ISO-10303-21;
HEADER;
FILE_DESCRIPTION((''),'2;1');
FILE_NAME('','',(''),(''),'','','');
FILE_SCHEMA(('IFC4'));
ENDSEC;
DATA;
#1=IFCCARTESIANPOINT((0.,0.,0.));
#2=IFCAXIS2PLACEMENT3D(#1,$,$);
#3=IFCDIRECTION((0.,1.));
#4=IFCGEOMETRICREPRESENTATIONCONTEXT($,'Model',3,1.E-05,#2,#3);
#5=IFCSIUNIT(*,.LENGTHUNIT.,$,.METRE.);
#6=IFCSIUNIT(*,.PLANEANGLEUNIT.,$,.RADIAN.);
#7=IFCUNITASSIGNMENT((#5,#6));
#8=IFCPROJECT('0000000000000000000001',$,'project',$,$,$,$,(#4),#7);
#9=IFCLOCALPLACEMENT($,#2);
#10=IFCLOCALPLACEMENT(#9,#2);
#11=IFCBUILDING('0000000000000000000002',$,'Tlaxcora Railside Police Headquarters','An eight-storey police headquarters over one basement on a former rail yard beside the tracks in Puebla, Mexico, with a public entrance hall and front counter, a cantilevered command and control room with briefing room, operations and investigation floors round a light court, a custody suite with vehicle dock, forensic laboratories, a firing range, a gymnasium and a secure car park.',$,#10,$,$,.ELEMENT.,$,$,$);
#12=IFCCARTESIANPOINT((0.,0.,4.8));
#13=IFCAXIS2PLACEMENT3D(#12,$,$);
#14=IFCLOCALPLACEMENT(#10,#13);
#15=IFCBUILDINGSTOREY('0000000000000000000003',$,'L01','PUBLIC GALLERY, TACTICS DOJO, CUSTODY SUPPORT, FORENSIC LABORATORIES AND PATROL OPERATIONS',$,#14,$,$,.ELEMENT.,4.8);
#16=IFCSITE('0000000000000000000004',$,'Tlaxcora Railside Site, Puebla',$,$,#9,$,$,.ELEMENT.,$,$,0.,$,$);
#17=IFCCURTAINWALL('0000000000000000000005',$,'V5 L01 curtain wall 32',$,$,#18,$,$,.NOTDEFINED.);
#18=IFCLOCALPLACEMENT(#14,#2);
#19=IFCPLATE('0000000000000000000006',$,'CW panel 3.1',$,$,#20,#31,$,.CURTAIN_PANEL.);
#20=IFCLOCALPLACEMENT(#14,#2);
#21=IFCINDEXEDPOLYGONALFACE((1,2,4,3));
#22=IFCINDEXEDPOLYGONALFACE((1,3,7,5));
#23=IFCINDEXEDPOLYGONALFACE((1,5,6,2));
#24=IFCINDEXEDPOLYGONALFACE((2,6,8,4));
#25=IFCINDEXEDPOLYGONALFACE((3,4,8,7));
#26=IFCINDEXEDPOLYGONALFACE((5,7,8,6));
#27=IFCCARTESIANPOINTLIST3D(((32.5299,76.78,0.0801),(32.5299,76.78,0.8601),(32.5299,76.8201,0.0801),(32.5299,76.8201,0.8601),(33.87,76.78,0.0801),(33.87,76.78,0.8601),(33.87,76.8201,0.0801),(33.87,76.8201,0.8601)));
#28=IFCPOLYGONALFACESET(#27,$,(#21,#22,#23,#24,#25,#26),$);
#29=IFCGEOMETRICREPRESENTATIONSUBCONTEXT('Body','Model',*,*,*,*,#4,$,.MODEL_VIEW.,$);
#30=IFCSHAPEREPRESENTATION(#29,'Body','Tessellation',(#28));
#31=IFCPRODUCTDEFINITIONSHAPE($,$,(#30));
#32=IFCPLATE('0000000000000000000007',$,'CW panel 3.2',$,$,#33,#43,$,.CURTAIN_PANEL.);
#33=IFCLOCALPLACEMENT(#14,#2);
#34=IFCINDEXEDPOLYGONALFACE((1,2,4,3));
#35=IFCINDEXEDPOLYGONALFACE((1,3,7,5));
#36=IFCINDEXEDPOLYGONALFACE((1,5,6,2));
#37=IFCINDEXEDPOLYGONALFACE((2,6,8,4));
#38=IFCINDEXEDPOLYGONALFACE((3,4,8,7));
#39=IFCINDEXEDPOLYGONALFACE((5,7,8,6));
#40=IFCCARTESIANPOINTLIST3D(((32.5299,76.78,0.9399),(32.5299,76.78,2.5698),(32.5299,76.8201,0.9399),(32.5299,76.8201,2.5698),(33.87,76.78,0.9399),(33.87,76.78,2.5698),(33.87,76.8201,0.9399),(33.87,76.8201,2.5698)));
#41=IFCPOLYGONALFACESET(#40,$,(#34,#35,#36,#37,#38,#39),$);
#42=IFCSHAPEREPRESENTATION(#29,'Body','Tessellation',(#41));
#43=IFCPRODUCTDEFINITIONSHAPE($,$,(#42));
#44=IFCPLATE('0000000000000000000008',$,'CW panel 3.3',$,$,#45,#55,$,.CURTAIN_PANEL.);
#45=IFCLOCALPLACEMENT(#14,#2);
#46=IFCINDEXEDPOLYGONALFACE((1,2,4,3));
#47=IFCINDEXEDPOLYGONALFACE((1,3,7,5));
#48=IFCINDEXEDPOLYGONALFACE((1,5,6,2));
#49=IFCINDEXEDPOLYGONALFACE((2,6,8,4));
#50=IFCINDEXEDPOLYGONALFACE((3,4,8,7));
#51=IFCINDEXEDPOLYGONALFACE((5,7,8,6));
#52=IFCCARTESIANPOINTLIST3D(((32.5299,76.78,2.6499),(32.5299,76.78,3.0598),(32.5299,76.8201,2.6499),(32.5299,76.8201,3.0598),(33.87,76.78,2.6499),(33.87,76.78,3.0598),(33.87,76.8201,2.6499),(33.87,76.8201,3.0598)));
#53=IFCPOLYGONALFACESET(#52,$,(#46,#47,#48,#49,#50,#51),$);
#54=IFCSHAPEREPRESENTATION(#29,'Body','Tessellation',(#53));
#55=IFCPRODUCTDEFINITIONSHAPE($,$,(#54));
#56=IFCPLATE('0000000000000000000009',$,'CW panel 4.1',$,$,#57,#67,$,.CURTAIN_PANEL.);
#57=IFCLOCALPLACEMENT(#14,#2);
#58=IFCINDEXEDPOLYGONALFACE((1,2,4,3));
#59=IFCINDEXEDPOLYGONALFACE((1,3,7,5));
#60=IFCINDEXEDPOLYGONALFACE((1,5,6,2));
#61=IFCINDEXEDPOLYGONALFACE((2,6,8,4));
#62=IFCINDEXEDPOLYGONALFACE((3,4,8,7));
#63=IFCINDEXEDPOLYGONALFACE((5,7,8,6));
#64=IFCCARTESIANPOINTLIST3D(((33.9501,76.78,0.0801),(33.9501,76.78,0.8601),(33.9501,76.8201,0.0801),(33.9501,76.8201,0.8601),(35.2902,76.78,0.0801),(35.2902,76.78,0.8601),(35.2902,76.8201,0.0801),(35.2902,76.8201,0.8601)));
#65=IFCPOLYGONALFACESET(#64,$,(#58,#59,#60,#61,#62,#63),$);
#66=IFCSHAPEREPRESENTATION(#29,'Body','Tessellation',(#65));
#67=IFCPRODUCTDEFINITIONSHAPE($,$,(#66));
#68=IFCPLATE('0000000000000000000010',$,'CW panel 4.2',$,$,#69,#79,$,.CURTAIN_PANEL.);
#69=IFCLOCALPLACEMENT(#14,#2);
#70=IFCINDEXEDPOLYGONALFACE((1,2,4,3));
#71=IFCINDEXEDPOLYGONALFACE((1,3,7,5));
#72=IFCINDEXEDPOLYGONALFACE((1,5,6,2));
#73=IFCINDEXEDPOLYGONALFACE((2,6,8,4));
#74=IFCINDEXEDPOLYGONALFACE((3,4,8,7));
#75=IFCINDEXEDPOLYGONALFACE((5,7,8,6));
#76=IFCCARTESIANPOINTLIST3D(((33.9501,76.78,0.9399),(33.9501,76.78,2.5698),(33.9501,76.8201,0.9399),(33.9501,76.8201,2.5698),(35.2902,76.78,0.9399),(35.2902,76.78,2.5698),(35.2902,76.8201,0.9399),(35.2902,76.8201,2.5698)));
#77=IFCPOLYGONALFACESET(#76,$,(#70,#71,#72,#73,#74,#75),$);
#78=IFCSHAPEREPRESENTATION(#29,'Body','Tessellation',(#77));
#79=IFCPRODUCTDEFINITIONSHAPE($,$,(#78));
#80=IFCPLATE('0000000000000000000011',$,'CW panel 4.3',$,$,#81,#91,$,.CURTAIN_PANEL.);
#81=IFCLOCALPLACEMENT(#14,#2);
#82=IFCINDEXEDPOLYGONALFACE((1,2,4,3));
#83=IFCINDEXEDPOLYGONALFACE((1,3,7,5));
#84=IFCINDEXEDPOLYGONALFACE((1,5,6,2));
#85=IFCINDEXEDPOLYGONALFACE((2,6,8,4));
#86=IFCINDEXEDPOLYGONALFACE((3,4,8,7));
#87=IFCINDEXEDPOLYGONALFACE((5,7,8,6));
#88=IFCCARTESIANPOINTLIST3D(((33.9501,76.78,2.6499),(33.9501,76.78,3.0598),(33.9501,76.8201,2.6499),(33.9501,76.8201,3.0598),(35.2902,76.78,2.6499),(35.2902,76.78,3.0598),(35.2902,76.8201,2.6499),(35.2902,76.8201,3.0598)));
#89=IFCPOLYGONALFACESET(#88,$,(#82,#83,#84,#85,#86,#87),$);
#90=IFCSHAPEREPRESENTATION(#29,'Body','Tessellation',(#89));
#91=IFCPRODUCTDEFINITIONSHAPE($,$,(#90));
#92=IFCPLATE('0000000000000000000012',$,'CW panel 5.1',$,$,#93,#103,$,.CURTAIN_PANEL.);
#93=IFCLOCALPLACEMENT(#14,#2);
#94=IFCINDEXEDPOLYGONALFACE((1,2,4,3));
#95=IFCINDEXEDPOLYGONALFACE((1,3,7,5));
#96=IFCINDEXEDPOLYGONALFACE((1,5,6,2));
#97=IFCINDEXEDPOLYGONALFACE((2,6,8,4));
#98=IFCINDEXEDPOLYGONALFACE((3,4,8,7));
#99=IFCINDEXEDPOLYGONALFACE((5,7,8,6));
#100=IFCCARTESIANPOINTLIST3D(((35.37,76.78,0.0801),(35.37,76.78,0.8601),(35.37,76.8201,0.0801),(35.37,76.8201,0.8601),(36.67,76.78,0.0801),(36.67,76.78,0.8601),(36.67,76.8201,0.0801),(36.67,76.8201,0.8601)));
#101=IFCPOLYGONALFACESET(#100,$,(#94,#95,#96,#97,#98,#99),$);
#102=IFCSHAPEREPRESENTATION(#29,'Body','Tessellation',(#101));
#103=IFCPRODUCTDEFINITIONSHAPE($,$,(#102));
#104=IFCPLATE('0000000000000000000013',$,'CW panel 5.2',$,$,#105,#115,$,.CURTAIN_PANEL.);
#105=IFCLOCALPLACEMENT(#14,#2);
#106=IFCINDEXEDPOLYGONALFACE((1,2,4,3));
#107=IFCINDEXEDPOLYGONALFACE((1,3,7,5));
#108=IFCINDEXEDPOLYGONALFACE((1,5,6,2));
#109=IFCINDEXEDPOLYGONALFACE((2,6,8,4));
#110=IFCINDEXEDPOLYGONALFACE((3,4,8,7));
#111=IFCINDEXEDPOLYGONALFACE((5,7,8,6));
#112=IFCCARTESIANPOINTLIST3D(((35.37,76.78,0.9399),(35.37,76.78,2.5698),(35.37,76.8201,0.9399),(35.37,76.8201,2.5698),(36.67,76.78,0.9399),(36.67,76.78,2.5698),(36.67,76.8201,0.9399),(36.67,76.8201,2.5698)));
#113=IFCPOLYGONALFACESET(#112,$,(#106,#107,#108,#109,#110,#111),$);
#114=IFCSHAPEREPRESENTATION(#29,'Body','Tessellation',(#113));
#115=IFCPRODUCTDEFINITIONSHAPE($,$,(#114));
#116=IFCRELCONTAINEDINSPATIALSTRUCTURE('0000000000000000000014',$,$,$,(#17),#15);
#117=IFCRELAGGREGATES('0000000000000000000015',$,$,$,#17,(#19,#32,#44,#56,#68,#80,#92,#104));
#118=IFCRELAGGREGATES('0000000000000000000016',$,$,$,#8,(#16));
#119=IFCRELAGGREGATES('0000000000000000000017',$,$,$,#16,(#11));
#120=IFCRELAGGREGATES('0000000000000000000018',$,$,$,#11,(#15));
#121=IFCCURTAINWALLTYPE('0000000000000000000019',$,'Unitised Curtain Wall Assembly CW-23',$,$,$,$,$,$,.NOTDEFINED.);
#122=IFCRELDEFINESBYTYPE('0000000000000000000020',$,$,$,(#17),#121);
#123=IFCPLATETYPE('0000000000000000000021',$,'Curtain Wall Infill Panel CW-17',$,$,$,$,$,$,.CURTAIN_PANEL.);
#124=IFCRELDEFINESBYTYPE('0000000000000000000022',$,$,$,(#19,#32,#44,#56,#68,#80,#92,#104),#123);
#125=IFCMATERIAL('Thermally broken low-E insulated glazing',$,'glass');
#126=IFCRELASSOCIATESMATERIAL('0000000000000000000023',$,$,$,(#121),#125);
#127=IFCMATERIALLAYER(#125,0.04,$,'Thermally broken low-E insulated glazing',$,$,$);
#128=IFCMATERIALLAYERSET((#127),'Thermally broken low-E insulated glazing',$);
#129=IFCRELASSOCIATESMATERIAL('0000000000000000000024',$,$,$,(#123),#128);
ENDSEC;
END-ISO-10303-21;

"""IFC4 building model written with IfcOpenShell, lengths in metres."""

from ifc_helpers import new_model, si_unit, direction, frame, origin, origin_2d, place, context, subcontext, project, spatial, rectangle, extrude, material, layer, layer_set, type_object, element, aggregate, save


model = new_model("IFC4")

# Units and contexts
model_context = context("Model", 3, precision=1e-05, world=origin(), true_north=direction((0.0, 1.0)))
body_context = subcontext(model_context, "Body", "Model", "MODEL_VIEW")
ifc_project = project(units=[si_unit("LENGTHUNIT", "METRE"), si_unit("PLANEANGLEUNIT", "RADIAN")], contexts=[model_context])

# Site, building, storey
site_placement = place(None, origin())
site = spatial("IfcSite", under=ifc_project, at=site_placement, Name="Tlaxcora Railside Site, Puebla", CompositionType="ELEMENT", RefElevation=0.0)
building_placement = place(site_placement, origin())
building = spatial("IfcBuilding", under=site, at=building_placement, Name="Tlaxcora Railside Police Headquarters", Description="An eight-storey police headquarters over one basement on a former rail yard beside the tracks in Puebla, Mexico, with a public entrance hall and front counter, a cantilevered command and control room with briefing room, operations and investigation floors round a light court, a custody suite with vehicle dock, forensic laboratories, a firing range, a gymnasium and a secure car park.", CompositionType="ELEMENT")
storey_placement = place(building_placement, frame((0.0, 0.0, 4.8)))
storey = spatial("IfcBuildingStorey", under=building, at=storey_placement, Name="L01", Description="PUBLIC GALLERY, TACTICS DOJO, CUSTODY SUPPORT, FORENSIC LABORATORIES AND PATROL OPERATIONS", CompositionType="ELEMENT", Elevation=4.8)

# Curtain wall, plates
ifc_material_1 = material(Name="Thermally broken low-E insulated glazing", Category="glass")
curtain_wall_type = type_object("IfcCurtainWallType", Name="Unitised Curtain Wall Assembly CW-23", PredefinedType="NOTDEFINED", material=ifc_material_1)
curtain_wall_placement = place(storey_placement, origin())
curtain_wall = element("IfcCurtainWall", 1, at=curtain_wall_placement, inside=storey, type_object=curtain_wall_type, Name="V5 L01 curtain wall 32", PredefinedType="NOTDEFINED")
ifc_layer = layer(ifc_material_1, 0.04, Name="Thermally broken low-E insulated glazing")
ifc_layer_set = layer_set([ifc_layer], Name="Thermally broken low-E insulated glazing")
plate_type = type_object("IfcPlateType", Name="Curtain Wall Infill Panel CW-17", PredefinedType="CURTAIN_PANEL", material=ifc_layer_set)
plate_1_placement = place(storey_placement, frame((33.2, 76.8, 0.0801), z_axis=(0.0, 0.0, 1.0), x_axis=(1.0, 0.0, 0.0)))
plate_1 = element("IfcPlate", 2, at=plate_1_placement, type_object=plate_type, Name="CW panel 3.1", PredefinedType="CURTAIN_PANEL", context=body_context, shape_type="SweptSolid", body=[
    extrude(rectangle(XDim=1.3401, YDim=0.04, at=origin_2d()), origin(), (0.0, 0.0, 1.0), 0.78),
])
plate_2_placement = place(storey_placement, frame((33.2, 76.8, 0.9399), z_axis=(0.0, 0.0, 1.0), x_axis=(1.0, 0.0, 0.0)))
plate_2 = element("IfcPlate", 3, at=plate_2_placement, type_object=plate_type, Name="CW panel 3.2", PredefinedType="CURTAIN_PANEL", context=body_context, shape_type="SweptSolid", body=[
    extrude(rectangle(XDim=1.3401, YDim=0.04, at=origin_2d()), origin(), (0.0, 0.0, 1.0), 1.6299),
])
plate_3_placement = place(storey_placement, frame((33.2, 76.8, 2.6499), z_axis=(0.0, 0.0, 1.0), x_axis=(1.0, 0.0, 0.0)))
plate_3 = element("IfcPlate", 4, at=plate_3_placement, type_object=plate_type, Name="CW panel 3.3", PredefinedType="CURTAIN_PANEL", context=body_context, shape_type="SweptSolid", body=[
    extrude(rectangle(XDim=1.3401, YDim=0.04, at=origin_2d()), origin(), (0.0, 0.0, 1.0), 0.4099),
])
plate_4_placement = place(storey_placement, frame((34.6201, 76.8, 0.0801), z_axis=(0.0, 0.0, 1.0), x_axis=(1.0, 0.0, 0.0)))
plate_4 = element("IfcPlate", 5, at=plate_4_placement, type_object=plate_type, Name="CW panel 4.1", PredefinedType="CURTAIN_PANEL", context=body_context, shape_type="SweptSolid", body=[
    extrude(rectangle(XDim=1.3401, YDim=0.04, at=origin_2d()), origin(), (0.0, 0.0, 1.0), 0.78),
])
plate_5_placement = place(storey_placement, frame((34.6201, 76.8, 0.9399), z_axis=(0.0, 0.0, 1.0), x_axis=(1.0, 0.0, 0.0)))
plate_5 = element("IfcPlate", 6, at=plate_5_placement, type_object=plate_type, Name="CW panel 4.2", PredefinedType="CURTAIN_PANEL", context=body_context, shape_type="SweptSolid", body=[
    extrude(rectangle(XDim=1.3401, YDim=0.04, at=origin_2d()), origin(), (0.0, 0.0, 1.0), 1.6299),
])
plate_6_placement = place(storey_placement, frame((34.6201, 76.8, 2.6499), z_axis=(0.0, 0.0, 1.0), x_axis=(1.0, 0.0, 0.0)))
plate_6 = element("IfcPlate", 7, at=plate_6_placement, type_object=plate_type, Name="CW panel 4.3", PredefinedType="CURTAIN_PANEL", context=body_context, shape_type="SweptSolid", body=[
    extrude(rectangle(XDim=1.3401, YDim=0.04, at=origin_2d()), origin(), (0.0, 0.0, 1.0), 0.4099),
])
plate_7_placement = place(storey_placement, frame((36.02, 76.8, 0.0801), z_axis=(0.0, 0.0, 1.0), x_axis=(1.0, 0.0, 0.0)))
plate_7 = element("IfcPlate", 8, at=plate_7_placement, type_object=plate_type, Name="CW panel 5.1", PredefinedType="CURTAIN_PANEL", context=body_context, shape_type="SweptSolid", body=[
    extrude(rectangle(XDim=1.3, YDim=0.04, at=origin_2d()), origin(), (0.0, 0.0, 1.0), 0.78),
])
plate_8_placement = place(storey_placement, frame((36.02, 76.8, 0.9399), z_axis=(0.0, 0.0, 1.0), x_axis=(1.0, 0.0, 0.0)))
plate_8 = element("IfcPlate", 9, at=plate_8_placement, type_object=plate_type, Name="CW panel 5.2", PredefinedType="CURTAIN_PANEL", context=body_context, shape_type="SweptSolid", body=[
    extrude(rectangle(XDim=1.3, YDim=0.04, at=origin_2d()), origin(), (0.0, 0.0, 1.0), 1.6299),
])
aggregate(curtain_wall, [plate_1, plate_2, plate_3, plate_4, plate_5, plate_6, plate_7, plate_8])

save(model, "model.ifc")
